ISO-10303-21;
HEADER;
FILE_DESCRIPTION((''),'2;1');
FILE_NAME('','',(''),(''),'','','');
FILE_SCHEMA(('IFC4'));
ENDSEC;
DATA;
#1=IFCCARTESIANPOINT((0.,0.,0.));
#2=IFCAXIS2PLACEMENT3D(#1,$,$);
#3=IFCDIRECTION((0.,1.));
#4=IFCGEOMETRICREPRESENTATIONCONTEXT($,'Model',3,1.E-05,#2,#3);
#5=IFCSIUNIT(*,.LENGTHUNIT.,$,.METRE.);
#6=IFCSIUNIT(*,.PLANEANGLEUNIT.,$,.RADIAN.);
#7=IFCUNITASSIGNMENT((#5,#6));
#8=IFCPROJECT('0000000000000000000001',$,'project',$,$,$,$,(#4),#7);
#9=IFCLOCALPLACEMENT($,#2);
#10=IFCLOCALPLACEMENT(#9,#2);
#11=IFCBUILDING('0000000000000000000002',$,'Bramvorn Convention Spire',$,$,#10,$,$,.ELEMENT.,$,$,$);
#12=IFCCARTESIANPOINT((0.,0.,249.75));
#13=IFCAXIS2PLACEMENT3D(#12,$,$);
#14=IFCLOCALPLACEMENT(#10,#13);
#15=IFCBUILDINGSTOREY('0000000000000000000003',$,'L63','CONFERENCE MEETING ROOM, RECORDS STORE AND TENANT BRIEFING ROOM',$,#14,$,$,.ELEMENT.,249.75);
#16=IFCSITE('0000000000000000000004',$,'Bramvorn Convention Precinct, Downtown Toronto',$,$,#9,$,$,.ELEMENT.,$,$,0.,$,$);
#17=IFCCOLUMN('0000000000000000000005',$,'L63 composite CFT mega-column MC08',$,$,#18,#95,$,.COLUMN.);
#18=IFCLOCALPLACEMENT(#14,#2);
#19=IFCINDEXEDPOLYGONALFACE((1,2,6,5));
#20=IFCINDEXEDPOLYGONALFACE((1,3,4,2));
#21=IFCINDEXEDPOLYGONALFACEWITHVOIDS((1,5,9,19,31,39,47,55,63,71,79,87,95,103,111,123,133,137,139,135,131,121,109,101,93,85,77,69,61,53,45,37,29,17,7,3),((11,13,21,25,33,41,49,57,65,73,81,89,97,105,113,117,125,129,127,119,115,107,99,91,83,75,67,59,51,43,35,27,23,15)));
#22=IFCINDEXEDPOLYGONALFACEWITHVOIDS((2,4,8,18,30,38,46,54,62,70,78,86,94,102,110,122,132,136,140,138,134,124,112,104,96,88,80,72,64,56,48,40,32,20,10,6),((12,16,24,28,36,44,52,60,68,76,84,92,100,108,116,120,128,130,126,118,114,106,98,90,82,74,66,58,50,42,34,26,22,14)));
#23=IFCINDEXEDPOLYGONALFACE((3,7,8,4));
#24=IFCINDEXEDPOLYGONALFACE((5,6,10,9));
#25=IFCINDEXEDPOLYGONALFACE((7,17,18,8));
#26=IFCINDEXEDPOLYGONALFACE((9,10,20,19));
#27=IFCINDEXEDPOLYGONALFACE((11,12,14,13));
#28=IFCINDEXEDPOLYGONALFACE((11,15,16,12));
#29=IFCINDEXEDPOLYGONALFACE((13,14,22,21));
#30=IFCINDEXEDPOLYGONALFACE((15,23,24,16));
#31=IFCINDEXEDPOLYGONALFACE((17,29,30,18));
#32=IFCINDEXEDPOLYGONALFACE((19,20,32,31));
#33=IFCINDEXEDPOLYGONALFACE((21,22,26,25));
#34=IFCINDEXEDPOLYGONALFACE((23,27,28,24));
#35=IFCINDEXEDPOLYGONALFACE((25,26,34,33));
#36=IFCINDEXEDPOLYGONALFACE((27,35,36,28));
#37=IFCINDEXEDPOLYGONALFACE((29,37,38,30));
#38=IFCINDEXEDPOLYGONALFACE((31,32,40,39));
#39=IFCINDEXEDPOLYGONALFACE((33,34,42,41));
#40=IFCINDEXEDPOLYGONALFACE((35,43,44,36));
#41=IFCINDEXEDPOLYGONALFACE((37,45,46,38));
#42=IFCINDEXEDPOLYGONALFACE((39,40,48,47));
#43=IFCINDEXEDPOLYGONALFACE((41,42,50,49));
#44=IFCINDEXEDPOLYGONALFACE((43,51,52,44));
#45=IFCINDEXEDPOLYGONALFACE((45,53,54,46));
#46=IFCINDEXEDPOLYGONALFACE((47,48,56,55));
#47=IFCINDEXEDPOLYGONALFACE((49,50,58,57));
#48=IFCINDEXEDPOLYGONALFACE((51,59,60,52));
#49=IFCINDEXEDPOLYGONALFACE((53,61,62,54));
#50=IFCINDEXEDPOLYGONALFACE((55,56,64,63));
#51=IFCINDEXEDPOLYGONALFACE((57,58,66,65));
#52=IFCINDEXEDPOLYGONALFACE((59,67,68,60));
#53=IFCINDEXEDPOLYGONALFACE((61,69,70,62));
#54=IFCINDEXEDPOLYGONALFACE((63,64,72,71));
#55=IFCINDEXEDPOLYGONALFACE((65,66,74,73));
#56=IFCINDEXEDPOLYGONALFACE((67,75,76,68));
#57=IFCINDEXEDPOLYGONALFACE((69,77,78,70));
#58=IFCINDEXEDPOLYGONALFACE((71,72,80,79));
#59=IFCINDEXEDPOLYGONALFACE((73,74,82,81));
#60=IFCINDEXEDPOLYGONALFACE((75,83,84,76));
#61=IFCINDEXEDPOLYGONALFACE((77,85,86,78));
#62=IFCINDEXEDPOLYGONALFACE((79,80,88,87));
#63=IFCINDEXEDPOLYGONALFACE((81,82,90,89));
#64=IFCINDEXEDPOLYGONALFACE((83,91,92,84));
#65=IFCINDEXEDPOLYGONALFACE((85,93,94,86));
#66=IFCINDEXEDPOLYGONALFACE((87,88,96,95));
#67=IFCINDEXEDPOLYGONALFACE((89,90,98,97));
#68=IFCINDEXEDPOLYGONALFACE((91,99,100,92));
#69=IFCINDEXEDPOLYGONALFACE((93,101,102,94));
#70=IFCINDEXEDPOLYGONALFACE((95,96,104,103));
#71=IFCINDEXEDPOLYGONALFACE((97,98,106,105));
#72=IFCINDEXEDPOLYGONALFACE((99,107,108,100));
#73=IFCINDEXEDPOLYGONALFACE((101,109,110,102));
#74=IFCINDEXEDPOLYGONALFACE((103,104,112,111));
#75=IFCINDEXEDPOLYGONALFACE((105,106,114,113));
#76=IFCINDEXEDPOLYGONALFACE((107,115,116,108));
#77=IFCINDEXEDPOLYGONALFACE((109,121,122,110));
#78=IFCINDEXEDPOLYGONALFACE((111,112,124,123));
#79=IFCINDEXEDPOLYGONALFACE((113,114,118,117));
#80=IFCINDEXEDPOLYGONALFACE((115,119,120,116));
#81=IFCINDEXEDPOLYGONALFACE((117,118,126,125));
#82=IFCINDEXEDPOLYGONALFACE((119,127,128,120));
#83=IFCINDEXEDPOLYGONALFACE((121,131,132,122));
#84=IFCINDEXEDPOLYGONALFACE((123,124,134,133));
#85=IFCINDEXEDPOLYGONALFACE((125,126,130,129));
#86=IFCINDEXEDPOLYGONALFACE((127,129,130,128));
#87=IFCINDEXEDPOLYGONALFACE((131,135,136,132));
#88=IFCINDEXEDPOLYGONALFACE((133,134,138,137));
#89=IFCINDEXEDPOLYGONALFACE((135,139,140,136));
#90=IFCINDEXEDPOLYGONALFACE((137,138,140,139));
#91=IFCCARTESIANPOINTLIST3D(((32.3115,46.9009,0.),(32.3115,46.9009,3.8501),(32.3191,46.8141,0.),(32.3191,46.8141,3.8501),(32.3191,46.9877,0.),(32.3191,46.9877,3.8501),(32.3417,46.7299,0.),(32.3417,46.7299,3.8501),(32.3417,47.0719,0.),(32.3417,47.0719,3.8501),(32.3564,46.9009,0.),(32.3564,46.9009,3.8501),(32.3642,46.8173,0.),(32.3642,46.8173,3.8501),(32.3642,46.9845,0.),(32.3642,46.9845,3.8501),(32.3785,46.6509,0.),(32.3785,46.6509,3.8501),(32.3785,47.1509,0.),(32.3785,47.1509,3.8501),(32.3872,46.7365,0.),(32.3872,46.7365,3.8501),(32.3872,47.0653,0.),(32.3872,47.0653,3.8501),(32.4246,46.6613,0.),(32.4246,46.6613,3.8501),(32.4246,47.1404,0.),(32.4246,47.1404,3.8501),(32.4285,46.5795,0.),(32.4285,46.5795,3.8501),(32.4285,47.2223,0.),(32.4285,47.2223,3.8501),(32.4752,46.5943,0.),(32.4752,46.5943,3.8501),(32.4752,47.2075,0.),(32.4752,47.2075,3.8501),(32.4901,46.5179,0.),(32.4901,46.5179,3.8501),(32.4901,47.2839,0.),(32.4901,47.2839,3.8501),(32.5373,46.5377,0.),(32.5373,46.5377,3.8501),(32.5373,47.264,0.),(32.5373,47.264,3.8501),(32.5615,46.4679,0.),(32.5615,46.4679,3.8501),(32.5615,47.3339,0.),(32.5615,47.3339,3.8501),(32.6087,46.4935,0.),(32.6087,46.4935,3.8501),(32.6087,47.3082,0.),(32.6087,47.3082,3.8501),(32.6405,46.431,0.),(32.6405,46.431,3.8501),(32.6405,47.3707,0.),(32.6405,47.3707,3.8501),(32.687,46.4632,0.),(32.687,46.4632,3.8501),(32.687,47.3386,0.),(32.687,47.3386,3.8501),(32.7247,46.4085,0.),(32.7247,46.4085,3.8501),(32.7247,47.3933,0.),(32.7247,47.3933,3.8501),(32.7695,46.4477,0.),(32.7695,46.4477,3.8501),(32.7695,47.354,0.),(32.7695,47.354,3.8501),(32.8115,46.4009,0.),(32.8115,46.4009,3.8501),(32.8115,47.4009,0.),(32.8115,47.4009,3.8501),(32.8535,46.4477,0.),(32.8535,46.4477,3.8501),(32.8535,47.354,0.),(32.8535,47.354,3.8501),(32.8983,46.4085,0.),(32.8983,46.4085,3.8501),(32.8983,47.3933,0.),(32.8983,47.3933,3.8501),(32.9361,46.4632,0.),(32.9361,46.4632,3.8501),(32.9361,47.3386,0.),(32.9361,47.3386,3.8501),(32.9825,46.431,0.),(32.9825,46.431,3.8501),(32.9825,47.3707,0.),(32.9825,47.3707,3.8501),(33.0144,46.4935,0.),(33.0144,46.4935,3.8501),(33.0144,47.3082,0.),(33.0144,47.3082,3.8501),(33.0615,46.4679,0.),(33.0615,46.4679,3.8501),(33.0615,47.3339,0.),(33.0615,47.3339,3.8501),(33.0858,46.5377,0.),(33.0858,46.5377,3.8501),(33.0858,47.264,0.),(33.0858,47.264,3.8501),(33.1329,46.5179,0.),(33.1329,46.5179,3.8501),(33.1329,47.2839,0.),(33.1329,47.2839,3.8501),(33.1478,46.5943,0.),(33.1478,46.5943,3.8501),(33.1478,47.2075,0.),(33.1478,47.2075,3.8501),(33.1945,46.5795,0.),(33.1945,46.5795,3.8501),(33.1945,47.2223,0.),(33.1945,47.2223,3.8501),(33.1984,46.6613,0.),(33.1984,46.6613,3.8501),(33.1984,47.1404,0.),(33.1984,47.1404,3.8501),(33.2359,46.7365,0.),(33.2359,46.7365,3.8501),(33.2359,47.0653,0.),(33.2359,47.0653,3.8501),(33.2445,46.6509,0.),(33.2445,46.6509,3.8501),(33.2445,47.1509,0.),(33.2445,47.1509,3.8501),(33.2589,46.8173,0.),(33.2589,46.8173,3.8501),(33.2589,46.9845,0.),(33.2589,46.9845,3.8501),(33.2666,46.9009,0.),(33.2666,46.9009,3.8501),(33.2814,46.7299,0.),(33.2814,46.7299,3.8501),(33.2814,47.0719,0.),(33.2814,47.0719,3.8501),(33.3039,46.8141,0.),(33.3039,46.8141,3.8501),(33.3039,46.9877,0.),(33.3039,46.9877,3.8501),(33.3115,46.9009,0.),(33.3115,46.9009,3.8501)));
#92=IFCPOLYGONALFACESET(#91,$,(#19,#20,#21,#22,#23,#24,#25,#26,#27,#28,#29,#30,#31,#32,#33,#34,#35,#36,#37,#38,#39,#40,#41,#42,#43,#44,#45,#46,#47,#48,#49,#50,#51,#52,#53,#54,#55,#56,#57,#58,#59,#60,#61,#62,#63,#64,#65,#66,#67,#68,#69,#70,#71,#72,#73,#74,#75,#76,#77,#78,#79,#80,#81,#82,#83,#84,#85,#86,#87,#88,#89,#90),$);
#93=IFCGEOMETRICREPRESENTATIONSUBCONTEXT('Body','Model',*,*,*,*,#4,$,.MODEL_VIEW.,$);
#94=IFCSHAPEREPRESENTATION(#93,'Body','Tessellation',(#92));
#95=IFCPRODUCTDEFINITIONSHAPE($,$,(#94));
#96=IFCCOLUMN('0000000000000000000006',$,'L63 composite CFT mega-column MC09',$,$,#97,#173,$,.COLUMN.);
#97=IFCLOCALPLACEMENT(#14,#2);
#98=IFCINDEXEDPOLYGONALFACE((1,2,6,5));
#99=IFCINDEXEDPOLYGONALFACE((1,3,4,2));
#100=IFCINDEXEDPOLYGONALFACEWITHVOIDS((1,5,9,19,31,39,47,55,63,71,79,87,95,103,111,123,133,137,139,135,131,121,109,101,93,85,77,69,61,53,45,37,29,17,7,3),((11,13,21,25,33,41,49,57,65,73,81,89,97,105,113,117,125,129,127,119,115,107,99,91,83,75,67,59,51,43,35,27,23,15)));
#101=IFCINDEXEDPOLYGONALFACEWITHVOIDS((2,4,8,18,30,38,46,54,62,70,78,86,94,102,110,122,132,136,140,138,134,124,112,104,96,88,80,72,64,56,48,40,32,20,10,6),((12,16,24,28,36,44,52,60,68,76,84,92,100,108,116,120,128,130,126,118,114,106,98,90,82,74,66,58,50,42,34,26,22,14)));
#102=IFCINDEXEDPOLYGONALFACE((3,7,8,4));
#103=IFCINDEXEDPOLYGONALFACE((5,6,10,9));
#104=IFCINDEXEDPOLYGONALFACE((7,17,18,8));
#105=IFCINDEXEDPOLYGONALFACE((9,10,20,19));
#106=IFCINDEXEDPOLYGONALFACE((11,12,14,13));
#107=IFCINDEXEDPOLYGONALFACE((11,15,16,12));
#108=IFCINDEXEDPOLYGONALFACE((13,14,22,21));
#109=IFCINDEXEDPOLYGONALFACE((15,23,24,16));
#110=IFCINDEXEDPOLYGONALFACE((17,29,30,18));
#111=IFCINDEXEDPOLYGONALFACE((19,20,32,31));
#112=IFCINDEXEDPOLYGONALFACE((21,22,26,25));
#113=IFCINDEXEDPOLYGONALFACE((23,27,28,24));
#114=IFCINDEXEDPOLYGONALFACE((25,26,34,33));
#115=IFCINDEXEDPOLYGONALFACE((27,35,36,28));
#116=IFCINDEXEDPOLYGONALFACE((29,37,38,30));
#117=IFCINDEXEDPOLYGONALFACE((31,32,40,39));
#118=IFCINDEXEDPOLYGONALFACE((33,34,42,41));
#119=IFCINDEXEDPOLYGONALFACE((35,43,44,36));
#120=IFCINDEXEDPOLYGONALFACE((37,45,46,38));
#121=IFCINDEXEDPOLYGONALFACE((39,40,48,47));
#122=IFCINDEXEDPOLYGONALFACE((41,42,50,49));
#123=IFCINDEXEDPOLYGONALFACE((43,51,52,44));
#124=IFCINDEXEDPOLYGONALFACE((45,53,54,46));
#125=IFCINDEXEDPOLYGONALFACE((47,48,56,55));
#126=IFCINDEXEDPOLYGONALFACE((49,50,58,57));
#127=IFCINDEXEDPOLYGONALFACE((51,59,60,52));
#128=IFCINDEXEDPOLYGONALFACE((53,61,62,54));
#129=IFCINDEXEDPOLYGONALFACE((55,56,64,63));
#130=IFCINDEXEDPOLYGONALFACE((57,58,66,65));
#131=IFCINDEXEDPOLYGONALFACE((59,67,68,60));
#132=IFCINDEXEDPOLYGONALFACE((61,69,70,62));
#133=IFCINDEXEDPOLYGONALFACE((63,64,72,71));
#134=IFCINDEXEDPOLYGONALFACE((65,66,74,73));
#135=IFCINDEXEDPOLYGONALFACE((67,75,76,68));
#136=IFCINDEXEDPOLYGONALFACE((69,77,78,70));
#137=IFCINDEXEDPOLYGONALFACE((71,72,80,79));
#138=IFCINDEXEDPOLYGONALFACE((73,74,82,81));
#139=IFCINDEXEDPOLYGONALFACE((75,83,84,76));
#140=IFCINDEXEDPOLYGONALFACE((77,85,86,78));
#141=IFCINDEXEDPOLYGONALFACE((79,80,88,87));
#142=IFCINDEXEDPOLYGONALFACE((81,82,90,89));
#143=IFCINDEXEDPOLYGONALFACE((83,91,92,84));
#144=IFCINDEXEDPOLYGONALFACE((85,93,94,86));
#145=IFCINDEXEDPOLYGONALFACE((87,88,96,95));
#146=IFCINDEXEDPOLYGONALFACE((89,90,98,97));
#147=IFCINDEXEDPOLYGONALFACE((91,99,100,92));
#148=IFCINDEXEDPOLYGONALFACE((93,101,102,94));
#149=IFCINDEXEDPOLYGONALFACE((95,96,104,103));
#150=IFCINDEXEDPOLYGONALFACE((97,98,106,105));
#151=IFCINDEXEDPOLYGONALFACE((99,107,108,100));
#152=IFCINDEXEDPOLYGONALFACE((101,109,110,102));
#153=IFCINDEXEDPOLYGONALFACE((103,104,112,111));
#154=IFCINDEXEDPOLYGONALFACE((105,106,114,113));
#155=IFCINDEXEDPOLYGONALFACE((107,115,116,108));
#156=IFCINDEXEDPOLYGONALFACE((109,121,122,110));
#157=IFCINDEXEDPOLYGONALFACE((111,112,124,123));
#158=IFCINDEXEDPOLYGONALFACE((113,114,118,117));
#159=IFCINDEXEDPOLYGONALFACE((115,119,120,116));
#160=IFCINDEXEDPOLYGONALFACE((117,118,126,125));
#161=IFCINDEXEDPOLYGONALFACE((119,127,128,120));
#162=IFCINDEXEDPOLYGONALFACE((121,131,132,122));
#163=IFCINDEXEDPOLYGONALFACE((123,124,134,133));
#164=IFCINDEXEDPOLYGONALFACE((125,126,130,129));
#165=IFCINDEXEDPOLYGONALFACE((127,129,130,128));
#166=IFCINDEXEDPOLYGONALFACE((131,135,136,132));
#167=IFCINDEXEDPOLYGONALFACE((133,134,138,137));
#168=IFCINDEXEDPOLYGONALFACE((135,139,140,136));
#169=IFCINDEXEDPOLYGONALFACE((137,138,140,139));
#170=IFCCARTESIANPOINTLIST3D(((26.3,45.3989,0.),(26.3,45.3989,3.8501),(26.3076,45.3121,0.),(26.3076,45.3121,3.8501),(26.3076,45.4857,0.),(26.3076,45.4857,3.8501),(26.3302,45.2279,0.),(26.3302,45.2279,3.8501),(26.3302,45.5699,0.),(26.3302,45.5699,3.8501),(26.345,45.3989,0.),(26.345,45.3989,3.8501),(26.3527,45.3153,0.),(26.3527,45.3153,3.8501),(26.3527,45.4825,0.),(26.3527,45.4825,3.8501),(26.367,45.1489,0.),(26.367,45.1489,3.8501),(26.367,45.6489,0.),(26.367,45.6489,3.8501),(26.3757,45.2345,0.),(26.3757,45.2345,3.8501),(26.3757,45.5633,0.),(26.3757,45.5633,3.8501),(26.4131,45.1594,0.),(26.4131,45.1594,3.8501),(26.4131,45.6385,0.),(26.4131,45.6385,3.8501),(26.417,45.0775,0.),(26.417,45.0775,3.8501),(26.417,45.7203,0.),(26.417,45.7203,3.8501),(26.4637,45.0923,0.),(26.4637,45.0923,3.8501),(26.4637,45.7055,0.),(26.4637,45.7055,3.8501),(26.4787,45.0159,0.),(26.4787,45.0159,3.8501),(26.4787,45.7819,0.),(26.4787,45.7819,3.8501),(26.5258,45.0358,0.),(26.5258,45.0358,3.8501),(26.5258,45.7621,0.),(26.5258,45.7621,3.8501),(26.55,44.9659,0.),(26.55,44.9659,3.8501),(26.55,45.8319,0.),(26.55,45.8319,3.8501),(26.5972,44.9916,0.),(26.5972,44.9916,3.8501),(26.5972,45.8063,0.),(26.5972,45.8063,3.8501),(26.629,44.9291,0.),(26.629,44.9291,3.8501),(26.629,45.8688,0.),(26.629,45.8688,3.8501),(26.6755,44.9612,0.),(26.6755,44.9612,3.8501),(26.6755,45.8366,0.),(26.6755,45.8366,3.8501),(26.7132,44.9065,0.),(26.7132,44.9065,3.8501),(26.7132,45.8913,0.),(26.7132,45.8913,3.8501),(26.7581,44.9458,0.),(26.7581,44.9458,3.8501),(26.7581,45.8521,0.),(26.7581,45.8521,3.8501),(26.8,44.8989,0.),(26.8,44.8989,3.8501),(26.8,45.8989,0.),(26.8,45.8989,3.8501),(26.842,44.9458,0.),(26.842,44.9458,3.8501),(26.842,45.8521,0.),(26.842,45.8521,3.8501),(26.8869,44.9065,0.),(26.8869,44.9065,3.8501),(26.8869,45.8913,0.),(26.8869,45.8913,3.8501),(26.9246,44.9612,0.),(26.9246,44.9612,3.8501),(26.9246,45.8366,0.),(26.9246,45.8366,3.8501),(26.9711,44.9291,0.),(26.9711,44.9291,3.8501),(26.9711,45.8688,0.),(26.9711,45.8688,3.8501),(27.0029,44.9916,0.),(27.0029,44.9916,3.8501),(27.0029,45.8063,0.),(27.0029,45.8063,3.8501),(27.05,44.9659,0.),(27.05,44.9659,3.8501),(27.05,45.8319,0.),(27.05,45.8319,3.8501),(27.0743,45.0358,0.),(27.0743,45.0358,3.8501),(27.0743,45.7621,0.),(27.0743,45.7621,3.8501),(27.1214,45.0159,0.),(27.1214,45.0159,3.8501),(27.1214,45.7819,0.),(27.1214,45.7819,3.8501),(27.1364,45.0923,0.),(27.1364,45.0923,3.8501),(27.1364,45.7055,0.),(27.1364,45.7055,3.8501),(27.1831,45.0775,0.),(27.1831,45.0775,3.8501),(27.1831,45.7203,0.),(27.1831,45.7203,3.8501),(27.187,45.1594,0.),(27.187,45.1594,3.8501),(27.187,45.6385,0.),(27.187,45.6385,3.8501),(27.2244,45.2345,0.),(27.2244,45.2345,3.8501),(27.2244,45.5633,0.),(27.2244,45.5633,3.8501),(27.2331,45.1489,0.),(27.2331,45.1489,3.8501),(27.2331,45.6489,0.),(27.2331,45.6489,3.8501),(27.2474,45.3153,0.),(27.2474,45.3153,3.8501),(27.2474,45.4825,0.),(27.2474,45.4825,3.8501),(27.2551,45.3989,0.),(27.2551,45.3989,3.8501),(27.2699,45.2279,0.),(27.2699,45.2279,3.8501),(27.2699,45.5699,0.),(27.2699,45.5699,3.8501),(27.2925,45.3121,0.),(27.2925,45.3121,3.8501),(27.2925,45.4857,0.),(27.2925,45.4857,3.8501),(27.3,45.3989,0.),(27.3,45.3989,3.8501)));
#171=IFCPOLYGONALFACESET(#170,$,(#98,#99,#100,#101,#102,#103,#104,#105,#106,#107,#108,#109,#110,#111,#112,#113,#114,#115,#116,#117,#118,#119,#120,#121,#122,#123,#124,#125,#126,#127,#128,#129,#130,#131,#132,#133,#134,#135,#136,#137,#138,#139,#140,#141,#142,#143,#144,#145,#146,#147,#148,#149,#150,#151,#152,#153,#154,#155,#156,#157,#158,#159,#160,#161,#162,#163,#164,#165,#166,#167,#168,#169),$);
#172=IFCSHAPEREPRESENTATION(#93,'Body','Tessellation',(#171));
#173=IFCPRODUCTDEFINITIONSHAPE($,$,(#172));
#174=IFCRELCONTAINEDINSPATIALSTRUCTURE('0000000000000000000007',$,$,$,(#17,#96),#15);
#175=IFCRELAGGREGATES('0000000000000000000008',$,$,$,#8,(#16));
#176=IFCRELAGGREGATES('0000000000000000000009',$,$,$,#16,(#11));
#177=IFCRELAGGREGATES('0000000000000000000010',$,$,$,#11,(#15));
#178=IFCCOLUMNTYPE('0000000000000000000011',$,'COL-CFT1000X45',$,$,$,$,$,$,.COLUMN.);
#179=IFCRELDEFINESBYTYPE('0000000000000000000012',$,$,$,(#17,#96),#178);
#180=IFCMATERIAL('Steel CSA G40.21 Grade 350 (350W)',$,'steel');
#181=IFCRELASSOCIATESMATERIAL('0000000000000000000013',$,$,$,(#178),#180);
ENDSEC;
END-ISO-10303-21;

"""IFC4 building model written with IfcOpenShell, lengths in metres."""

from ifc_helpers import new_model, si_unit, direction, frame, origin, origin_2d, place, context, subcontext, project, spatial, hollow_circle, extrude, material, material_profile, profile_set, type_object, element, save


model = new_model("IFC4")

# Units and contexts
model_context = context("Model", 3, precision=1e-05, world=origin(), true_north=direction((0.0, 1.0)))
body_context = subcontext(model_context, "Body", "Model", "MODEL_VIEW")
ifc_project = project(units=[si_unit("LENGTHUNIT", "METRE"), si_unit("PLANEANGLEUNIT", "RADIAN")], contexts=[model_context])

# Site, building, storey
site_placement = place(None, origin())
site = spatial("IfcSite", under=ifc_project, at=site_placement, Name="Bramvorn Convention Precinct, Downtown Toronto", CompositionType="ELEMENT", RefElevation=0.0)
building_placement = place(site_placement, origin())
building = spatial("IfcBuilding", under=site, at=building_placement, Name="Bramvorn Convention Spire", CompositionType="ELEMENT")
storey_placement = place(building_placement, frame((0.0, 0.0, 249.75)))
storey = spatial("IfcBuildingStorey", under=building, at=storey_placement, Name="L63", Description="CONFERENCE MEETING ROOM, RECORDS STORE AND TENANT BRIEFING ROOM", CompositionType="ELEMENT", Elevation=249.75)

# Columns
ifc_material_1 = material(Name="Steel CSA G40.21 Grade 350 (350W)", Category="steel")
ifc_material_profile_1 = material_profile(ifc_material_1, hollow_circle(Radius=0.5, WallThickness=0.0449, at=origin_2d()))
ifc_profile_set_1 = profile_set([ifc_material_profile_1], Name="Steel CSA G40.21 Grade 350 (350W) - CFT1000X45")
column_type = type_object("IfcColumnType", Name="COL-CFT1000X45", PredefinedType="COLUMN", material=ifc_profile_set_1)
for number, where, z_axis, x_axis, name in (
    (1, (32.8115, 46.9009, 0.0), (0.0, 0.0, 1.0), (1.0, 0.0, 0.0), "L63 composite CFT mega-column MC08"),
    (2, (26.8, 45.3989, 0.0), (0.0, 0.0, 1.0), (1.0, 0.0, 0.0), "L63 composite CFT mega-column MC09"),
):
    element("IfcColumn", number, at=place(storey_placement, frame(where, z_axis=z_axis, x_axis=x_axis)), inside=storey, type_object=column_type, Name=name, PredefinedType="COLUMN", context=body_context, shape_type="SweptSolid", body=[
        extrude(hollow_circle(Radius=0.5, WallThickness=0.0449, at=origin_2d()), origin(), (0.0, 0.0, 1.0), 3.8501),
    ])

save(model, "model.ifc")
